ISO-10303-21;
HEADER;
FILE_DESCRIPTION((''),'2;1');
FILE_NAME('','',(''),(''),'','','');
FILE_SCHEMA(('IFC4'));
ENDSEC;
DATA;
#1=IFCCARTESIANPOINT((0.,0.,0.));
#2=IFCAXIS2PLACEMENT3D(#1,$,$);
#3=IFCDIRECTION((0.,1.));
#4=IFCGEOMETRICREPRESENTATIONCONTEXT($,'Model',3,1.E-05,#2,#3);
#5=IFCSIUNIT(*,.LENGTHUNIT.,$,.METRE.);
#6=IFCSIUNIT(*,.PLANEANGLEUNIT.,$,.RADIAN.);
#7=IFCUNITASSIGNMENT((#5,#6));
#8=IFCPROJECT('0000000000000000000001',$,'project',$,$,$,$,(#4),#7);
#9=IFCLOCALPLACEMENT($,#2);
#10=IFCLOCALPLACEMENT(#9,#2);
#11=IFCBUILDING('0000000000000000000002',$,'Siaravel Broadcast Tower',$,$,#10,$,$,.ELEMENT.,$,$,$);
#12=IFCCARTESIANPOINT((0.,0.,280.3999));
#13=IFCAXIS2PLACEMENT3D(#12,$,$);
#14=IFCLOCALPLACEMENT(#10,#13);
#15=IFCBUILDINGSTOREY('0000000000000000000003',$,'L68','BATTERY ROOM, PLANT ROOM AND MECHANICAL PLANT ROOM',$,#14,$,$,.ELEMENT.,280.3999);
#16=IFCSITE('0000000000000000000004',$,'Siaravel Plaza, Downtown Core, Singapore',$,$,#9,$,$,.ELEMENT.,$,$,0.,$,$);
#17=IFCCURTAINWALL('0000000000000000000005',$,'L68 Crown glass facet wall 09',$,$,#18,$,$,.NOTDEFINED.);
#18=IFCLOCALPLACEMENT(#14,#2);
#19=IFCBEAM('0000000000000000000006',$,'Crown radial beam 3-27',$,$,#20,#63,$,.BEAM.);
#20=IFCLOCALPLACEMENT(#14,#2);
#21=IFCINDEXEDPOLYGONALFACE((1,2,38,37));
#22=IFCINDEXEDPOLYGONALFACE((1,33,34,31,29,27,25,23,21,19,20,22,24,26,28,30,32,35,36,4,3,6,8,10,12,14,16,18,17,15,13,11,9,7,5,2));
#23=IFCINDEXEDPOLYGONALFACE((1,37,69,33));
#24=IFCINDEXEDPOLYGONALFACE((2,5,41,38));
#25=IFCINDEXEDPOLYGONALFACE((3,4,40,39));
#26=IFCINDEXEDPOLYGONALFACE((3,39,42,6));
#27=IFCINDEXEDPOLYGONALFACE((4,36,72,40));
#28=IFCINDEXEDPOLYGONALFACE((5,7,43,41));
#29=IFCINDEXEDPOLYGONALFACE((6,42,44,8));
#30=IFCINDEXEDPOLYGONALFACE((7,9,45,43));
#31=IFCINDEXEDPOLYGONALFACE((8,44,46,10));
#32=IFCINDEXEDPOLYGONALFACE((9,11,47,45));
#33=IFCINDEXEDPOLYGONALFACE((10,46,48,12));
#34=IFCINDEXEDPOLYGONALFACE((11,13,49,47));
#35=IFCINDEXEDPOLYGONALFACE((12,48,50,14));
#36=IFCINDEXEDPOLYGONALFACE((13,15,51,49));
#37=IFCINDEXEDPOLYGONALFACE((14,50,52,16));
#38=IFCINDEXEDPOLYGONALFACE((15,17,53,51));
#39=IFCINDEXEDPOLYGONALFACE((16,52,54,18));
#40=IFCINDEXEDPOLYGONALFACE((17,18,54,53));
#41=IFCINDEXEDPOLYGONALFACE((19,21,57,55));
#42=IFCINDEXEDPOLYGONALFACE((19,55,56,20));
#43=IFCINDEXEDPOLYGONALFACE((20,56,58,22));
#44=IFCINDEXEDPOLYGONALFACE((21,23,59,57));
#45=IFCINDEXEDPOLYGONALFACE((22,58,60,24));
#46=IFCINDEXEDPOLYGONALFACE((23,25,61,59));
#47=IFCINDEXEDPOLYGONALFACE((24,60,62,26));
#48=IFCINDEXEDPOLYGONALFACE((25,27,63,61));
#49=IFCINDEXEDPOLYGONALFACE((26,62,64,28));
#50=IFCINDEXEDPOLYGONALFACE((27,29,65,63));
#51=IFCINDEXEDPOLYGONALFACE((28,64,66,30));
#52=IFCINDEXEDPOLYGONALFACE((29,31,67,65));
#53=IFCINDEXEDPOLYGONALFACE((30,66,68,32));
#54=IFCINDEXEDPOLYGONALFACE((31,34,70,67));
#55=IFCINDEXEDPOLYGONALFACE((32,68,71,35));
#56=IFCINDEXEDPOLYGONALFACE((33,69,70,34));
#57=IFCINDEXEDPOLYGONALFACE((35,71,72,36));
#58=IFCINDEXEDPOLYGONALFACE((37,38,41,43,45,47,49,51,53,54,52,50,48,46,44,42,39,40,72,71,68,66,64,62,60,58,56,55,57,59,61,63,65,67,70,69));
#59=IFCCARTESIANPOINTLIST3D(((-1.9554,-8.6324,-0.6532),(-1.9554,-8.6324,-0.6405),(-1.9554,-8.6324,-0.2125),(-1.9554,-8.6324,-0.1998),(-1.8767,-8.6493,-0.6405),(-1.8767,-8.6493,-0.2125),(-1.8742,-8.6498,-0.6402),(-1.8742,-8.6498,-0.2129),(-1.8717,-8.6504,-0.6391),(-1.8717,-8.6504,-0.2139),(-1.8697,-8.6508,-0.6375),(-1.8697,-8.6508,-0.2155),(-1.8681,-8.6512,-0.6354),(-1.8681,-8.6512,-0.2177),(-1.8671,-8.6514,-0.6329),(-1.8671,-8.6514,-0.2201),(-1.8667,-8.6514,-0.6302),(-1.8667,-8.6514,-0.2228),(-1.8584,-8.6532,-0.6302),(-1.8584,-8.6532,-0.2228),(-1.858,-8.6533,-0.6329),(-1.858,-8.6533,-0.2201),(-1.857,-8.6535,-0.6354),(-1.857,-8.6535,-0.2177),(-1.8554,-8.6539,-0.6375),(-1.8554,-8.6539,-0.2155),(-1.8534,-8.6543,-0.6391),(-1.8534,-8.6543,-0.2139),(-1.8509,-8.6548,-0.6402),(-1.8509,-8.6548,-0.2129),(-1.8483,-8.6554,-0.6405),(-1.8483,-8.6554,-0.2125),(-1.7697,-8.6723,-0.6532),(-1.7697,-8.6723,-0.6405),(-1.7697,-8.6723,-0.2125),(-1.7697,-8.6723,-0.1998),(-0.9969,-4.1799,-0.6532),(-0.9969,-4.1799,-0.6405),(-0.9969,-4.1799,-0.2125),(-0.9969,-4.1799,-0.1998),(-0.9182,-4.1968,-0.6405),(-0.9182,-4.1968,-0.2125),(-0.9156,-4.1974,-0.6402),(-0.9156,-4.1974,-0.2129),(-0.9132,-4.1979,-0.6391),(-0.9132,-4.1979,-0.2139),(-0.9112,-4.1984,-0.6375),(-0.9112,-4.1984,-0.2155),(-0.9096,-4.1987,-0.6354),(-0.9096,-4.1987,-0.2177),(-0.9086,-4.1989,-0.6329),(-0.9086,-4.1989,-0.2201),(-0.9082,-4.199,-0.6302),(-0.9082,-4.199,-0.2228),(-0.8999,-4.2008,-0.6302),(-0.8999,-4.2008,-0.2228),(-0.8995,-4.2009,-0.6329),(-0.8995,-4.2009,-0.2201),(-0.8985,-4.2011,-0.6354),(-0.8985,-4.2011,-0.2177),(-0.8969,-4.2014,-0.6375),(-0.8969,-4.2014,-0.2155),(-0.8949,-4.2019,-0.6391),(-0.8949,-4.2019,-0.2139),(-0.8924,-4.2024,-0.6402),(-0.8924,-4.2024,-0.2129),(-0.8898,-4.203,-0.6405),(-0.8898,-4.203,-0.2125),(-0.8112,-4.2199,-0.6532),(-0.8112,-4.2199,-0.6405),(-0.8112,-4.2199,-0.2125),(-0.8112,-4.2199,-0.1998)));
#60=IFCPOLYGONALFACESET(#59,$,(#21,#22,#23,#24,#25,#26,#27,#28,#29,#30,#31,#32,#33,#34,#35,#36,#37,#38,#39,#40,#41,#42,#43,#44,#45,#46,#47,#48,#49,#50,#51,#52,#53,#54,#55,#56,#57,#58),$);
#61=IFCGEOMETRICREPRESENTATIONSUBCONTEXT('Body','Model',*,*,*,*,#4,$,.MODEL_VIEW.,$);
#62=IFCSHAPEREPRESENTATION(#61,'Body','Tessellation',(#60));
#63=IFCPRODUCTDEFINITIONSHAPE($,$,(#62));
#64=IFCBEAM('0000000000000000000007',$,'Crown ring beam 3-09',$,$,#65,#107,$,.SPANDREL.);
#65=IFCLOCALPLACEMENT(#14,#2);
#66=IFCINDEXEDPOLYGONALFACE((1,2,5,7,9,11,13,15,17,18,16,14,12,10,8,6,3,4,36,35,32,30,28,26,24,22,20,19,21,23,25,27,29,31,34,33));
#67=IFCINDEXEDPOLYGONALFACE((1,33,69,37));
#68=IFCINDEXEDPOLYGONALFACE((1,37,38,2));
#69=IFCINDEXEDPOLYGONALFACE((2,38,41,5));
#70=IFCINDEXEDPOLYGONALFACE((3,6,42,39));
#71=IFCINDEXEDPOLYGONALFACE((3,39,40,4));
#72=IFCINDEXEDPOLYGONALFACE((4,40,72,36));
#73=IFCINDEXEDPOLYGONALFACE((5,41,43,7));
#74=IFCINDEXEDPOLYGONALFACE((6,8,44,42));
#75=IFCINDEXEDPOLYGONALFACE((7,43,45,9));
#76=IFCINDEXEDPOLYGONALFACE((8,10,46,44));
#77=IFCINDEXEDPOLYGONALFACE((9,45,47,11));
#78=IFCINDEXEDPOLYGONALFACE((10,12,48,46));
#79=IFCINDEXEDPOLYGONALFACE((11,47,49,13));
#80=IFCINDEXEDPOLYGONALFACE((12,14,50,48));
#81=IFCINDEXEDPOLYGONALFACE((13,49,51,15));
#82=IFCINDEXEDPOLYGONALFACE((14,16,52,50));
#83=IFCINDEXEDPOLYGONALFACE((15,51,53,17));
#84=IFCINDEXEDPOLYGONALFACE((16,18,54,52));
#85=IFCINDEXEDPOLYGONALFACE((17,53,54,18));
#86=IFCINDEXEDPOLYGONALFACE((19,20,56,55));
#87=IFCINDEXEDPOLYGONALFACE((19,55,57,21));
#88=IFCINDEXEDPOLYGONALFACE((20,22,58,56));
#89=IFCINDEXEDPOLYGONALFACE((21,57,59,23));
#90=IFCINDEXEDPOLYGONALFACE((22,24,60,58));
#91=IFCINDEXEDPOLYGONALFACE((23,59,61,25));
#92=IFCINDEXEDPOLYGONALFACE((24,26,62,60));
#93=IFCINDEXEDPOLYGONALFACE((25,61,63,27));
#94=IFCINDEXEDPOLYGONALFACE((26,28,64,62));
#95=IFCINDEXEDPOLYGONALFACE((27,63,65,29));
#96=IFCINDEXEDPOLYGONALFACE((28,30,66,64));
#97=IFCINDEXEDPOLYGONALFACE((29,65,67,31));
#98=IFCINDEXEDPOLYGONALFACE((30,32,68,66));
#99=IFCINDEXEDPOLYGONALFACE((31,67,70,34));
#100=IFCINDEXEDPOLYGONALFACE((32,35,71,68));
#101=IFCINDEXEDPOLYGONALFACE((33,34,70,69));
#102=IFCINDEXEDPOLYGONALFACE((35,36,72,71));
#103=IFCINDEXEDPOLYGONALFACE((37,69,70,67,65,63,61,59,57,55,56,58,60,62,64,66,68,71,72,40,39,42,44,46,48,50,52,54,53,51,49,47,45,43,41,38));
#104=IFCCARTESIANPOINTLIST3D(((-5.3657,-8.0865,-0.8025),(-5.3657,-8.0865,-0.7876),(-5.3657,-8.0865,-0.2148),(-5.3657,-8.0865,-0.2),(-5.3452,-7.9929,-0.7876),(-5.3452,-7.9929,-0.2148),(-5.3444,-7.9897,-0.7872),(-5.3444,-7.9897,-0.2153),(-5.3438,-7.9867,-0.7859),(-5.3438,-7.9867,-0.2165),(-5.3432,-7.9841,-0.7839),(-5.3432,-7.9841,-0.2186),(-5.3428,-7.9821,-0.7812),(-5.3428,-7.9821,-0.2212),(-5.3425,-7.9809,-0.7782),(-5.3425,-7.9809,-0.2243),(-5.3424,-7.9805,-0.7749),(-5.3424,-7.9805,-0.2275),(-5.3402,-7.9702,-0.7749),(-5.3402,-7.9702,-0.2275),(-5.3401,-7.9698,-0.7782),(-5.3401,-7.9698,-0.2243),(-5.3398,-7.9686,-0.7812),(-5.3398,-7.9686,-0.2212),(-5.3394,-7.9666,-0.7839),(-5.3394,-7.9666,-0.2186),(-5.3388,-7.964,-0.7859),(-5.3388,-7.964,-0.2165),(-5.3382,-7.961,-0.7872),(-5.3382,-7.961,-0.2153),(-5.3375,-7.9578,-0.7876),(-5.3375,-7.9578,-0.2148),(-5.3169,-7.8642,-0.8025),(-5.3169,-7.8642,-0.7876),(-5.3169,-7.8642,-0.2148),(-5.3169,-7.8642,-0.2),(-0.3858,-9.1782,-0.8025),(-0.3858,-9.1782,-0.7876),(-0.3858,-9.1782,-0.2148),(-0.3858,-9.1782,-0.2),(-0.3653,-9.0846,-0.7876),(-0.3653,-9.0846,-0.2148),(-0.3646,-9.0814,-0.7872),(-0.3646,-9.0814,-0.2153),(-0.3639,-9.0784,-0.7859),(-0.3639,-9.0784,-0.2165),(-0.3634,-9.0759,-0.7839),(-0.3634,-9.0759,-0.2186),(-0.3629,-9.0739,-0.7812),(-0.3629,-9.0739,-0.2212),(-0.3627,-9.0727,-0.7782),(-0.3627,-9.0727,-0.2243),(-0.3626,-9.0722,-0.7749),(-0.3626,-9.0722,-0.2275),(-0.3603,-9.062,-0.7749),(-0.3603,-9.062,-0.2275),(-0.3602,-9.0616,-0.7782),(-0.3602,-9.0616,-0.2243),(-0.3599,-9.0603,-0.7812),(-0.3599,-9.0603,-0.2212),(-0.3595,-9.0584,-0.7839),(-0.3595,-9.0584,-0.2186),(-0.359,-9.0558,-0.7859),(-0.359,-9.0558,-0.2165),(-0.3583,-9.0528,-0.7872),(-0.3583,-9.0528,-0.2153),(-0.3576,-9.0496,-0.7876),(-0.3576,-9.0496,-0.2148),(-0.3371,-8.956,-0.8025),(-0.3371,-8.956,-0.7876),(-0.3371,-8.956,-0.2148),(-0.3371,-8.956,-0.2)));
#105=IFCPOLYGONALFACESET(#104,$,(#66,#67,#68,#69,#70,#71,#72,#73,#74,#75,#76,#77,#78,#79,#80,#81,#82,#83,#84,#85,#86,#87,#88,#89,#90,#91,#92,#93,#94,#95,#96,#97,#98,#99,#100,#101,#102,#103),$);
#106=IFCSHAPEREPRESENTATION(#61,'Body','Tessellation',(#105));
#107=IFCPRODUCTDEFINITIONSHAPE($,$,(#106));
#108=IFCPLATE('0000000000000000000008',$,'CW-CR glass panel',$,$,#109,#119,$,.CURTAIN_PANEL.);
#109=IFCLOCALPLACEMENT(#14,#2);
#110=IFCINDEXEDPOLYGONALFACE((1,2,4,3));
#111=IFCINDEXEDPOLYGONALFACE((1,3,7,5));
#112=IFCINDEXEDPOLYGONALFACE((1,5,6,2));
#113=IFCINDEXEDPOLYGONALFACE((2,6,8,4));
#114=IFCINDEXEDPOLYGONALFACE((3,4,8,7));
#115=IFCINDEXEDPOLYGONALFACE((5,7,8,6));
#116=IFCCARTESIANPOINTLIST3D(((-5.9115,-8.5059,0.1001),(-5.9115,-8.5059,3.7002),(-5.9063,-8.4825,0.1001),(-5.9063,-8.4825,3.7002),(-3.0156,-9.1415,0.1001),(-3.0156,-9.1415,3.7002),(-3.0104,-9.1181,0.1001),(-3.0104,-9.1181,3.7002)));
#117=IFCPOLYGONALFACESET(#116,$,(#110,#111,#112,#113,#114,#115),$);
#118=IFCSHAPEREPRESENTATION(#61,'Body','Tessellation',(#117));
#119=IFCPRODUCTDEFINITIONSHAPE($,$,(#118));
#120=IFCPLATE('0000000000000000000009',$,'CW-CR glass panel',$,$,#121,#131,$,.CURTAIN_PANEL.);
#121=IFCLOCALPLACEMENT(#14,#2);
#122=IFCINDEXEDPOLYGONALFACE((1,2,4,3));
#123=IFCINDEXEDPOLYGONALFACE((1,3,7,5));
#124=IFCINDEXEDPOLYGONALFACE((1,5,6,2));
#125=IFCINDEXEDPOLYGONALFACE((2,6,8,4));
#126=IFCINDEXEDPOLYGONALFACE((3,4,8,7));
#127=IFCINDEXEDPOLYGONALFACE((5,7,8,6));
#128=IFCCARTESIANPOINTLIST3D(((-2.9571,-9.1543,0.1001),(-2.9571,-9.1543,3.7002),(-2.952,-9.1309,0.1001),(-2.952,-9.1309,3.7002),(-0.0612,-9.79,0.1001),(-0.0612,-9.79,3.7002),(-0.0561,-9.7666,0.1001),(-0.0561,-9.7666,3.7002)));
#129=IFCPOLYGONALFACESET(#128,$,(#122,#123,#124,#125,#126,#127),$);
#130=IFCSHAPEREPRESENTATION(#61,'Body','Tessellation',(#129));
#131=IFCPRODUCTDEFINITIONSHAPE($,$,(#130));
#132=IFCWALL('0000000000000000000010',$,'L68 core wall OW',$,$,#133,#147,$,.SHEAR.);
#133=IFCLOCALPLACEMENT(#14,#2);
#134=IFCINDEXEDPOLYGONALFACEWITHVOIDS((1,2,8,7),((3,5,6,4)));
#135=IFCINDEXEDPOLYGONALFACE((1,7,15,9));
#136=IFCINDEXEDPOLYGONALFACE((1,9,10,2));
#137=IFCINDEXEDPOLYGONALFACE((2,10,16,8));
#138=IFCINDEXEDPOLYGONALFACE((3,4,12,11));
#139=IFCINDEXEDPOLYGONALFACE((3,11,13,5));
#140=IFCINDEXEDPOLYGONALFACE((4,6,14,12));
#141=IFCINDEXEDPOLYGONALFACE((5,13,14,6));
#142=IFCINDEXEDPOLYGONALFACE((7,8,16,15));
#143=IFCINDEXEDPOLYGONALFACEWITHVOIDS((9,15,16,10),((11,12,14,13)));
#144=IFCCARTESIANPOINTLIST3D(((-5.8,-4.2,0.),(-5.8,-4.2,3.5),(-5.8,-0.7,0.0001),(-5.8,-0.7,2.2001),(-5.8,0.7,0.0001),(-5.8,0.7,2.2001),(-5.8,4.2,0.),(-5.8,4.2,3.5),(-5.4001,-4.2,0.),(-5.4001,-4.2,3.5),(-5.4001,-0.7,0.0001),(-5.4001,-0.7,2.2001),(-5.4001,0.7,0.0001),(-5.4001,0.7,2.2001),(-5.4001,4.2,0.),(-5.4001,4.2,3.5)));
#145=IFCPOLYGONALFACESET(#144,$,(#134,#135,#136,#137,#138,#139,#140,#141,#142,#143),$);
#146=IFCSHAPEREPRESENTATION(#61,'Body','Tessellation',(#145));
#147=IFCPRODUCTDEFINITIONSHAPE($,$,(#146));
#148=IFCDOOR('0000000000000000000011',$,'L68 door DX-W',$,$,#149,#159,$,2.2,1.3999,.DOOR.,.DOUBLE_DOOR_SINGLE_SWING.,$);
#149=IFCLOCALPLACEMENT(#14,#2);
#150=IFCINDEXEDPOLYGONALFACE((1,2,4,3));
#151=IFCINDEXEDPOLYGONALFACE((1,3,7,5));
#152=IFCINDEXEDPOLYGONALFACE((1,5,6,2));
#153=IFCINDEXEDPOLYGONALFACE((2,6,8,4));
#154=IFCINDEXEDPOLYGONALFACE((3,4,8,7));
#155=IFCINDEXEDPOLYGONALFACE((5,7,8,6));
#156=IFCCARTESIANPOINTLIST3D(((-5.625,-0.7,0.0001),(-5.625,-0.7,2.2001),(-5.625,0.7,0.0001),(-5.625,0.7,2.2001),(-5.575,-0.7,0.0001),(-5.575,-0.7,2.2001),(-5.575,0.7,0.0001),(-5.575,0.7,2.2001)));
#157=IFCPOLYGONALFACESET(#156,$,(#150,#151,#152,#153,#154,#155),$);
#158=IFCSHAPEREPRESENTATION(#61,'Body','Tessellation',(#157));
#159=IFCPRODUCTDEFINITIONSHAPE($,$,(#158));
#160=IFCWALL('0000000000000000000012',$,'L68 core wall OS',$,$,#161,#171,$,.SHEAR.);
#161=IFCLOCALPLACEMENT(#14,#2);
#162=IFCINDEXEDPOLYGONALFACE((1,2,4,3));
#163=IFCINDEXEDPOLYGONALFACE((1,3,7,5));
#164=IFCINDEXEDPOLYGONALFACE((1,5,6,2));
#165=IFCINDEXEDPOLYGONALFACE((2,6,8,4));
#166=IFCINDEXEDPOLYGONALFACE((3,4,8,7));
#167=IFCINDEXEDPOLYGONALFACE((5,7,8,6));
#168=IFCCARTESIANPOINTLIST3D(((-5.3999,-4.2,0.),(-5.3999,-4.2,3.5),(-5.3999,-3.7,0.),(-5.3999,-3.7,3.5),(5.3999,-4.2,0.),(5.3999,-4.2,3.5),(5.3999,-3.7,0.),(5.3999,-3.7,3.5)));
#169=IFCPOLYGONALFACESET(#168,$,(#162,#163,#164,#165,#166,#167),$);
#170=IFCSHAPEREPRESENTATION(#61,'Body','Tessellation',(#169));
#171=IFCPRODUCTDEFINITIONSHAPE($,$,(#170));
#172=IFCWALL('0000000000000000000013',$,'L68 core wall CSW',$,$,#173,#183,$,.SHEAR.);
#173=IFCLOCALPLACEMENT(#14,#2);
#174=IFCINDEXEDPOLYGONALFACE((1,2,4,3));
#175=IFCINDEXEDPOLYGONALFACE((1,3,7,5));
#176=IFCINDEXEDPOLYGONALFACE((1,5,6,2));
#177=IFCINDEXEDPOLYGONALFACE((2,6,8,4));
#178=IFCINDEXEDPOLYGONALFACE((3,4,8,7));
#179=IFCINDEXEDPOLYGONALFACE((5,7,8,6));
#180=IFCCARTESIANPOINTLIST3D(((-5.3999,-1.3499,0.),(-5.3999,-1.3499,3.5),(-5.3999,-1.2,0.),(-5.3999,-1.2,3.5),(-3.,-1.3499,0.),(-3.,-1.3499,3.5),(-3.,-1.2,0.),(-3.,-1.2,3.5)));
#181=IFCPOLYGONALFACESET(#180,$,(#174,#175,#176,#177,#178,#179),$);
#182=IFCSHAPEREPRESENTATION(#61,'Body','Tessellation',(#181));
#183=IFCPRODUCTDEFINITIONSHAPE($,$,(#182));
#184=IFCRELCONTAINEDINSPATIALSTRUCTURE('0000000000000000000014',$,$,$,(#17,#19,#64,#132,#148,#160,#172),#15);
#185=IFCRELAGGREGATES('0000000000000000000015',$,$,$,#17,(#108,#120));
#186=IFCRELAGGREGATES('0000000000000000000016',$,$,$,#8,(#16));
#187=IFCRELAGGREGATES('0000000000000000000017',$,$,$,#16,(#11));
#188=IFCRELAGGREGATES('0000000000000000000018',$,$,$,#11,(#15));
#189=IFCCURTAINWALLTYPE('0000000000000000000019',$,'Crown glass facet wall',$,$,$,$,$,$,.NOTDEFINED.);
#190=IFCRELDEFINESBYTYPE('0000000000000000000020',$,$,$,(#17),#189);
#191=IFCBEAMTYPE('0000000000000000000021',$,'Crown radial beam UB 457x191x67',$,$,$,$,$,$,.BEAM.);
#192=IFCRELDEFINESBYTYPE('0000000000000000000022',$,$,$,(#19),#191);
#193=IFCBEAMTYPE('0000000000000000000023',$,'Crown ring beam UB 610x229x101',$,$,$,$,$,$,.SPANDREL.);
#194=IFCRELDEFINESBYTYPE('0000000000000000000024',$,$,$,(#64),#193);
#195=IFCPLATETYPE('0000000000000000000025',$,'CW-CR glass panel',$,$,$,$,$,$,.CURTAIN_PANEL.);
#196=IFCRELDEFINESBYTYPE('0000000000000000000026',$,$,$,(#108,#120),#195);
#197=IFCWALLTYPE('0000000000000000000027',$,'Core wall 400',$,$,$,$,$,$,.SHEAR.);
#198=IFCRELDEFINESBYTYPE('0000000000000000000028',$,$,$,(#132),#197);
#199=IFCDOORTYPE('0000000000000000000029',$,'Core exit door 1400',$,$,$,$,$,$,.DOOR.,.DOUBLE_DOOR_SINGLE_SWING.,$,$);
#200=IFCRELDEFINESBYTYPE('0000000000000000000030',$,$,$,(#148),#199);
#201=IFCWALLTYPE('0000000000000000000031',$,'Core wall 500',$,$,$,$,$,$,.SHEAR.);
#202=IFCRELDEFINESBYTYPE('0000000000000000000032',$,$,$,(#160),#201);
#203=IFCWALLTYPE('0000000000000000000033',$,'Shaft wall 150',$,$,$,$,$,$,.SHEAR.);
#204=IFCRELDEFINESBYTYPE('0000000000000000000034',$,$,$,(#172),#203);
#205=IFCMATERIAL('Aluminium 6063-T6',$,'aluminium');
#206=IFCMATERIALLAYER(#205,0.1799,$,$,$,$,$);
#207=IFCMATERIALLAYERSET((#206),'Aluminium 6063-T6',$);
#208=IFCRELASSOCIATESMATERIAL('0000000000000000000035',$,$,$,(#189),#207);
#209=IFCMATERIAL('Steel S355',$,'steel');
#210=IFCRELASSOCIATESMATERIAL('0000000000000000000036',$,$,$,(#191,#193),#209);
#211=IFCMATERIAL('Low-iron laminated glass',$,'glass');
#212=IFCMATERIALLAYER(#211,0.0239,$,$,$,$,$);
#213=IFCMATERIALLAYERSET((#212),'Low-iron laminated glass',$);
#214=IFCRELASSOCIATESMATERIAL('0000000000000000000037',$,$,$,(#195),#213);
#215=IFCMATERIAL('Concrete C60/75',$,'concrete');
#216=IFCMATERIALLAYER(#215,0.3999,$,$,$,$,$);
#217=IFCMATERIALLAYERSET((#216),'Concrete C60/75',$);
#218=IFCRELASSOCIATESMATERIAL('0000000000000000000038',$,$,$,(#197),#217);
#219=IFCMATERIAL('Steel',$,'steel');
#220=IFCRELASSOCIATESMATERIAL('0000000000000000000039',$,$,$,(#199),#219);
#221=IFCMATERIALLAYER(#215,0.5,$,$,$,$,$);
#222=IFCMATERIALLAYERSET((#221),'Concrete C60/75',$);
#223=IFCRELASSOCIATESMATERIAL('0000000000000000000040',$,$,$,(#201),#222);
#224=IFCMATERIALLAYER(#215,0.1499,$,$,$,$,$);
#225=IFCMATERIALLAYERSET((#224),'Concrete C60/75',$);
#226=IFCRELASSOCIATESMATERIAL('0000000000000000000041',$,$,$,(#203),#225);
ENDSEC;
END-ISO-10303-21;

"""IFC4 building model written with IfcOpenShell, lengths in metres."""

from ifc_helpers import new_model, si_unit, direction, frame, frame_2d, origin, origin_2d, place, context, subcontext, project, spatial, rectangle, i_section, extrude, material, layer, layer_set, material_profile, profile_set, type_object, element, fill, aggregate, save


model = new_model("IFC4")

# Units and contexts
model_context = context("Model", 3, precision=1e-05, world=origin(), true_north=direction((0.0, 1.0)))
body_context = subcontext(model_context, "Body", "Model", "MODEL_VIEW")
ifc_project = project(units=[si_unit("LENGTHUNIT", "METRE"), si_unit("PLANEANGLEUNIT", "RADIAN")], contexts=[model_context])

# Site, building, storey
site_placement = place(None, origin())
site = spatial("IfcSite", under=ifc_project, at=site_placement, Name="Siaravel Plaza, Downtown Core, Singapore", CompositionType="ELEMENT", RefElevation=0.0)
building_placement = place(site_placement, origin())
building = spatial("IfcBuilding", under=site, at=building_placement, Name="Siaravel Broadcast Tower", CompositionType="ELEMENT")
storey_placement = place(building_placement, frame((0.0, 0.0, 280.3999)))
storey = spatial("IfcBuildingStorey", under=building, at=storey_placement, Name="L68", Description="BATTERY ROOM, PLANT ROOM AND MECHANICAL PLANT ROOM", CompositionType="ELEMENT", Elevation=280.3999)

# Curtain wall
ifc_material_1 = material(Name="Aluminium 6063-T6", Category="aluminium")
ifc_layer_1 = layer(ifc_material_1, 0.1799)
ifc_layer_set_1 = layer_set([ifc_layer_1], Name="Aluminium 6063-T6")
curtain_wall_type = type_object("IfcCurtainWallType", Name="Crown glass facet wall", PredefinedType="NOTDEFINED", material=ifc_layer_set_1)
curtain_wall_placement = place(storey_placement, origin())
curtain_wall = element("IfcCurtainWall", 1, at=curtain_wall_placement, inside=storey, type_object=curtain_wall_type, Name="L68 Crown glass facet wall 09", PredefinedType="NOTDEFINED")

# Beams
ifc_material_2 = material(Name="Steel S355", Category="steel")
ifc_material_profile_1 = material_profile(ifc_material_2, i_section(OverallWidth=0.1899, OverallDepth=0.4534, WebThickness=0.0085, FlangeThickness=0.0127, FilletRadius=0.0103, at=origin_2d()))
ifc_profile_set_1 = profile_set([ifc_material_profile_1], Name="Steel S355")
beam_type_1 = type_object("IfcBeamType", Name="Crown radial beam UB 457x191x67", PredefinedType="BEAM", material=ifc_profile_set_1)
beam_1_placement = place(storey_placement, frame((-1.8625, -8.6523, -0.4265), z_axis=(0.210455, 0.977604, 0.0), x_axis=(-0.977604, 0.210455, 0.0)))
element("IfcBeam", 2, at=beam_1_placement, inside=storey, type_object=beam_type_1, Name="Crown radial beam 3-27", PredefinedType="BEAM", context=body_context, shape_type="SweptSolid", body=[
    extrude(i_section(OverallWidth=0.1899, OverallDepth=0.4534, WebThickness=0.0085, FlangeThickness=0.0127, FilletRadius=0.0103, at=origin_2d()), origin(), (0.0, 0.0, 1.0), 4.5544),
])
ifc_material_profile_2 = material_profile(ifc_material_2, i_section(OverallWidth=0.2275, OverallDepth=0.6025, WebThickness=0.0105, FlangeThickness=0.0149, FilletRadius=0.0127, at=origin_2d()))
ifc_profile_set_2 = profile_set([ifc_material_profile_2], Name="Steel S355")
beam_type_2 = type_object("IfcBeamType", Name="Crown ring beam UB 610x229x101", PredefinedType="SPANDREL", material=ifc_profile_set_2)
beam_2_placement = place(storey_placement, frame((-5.3413, -7.9753, -0.5012), z_axis=(0.976801, -0.214151, 0.0), x_axis=(0.214151, 0.976801, 0.0)))
element("IfcBeam", 3, at=beam_2_placement, inside=storey, type_object=beam_type_2, Name="Crown ring beam 3-09", PredefinedType="SPANDREL", context=body_context, shape_type="SweptSolid", body=[
    extrude(i_section(OverallWidth=0.2275, OverallDepth=0.6025, WebThickness=0.0105, FlangeThickness=0.0149, FilletRadius=0.0127, at=origin_2d()), origin(), (0.0, 0.0, 1.0), 5.0981),
])

# Plates
ifc_material_3 = material(Name="Low-iron laminated glass", Category="glass")
ifc_layer_2 = layer(ifc_material_3, 0.0239)
ifc_layer_set_2 = layer_set([ifc_layer_2], Name="Low-iron laminated glass")
plate_type = type_object("IfcPlateType", Name="CW-CR glass panel", PredefinedType="CURTAIN_PANEL", material=ifc_layer_set_2)
plate_1_placement = place(storey_placement, frame((-4.4609, -8.812, 0.1001), z_axis=(0.0, 0.0, 1.0), x_axis=(0.976747, -0.214394, 0.0)))
plate_1 = element("IfcPlate", 4, at=plate_1_placement, type_object=plate_type, Name="CW-CR glass panel", PredefinedType="CURTAIN_PANEL", context=body_context, shape_type="SweptSolid", body=[
    extrude(rectangle(XDim=2.9648, YDim=0.0239, at=origin_2d()), origin(), (0.0, 0.0, 1.0), 3.6001),
])
plate_2_placement = place(storey_placement, frame((-1.5066, -9.4604, 0.1001), z_axis=(0.0, 0.0, 1.0), x_axis=(0.976747, -0.214394, 0.0)))
plate_2 = element("IfcPlate", 5, at=plate_2_placement, type_object=plate_type, Name="CW-CR glass panel", PredefinedType="CURTAIN_PANEL", context=body_context, shape_type="SweptSolid", body=[
    extrude(rectangle(XDim=2.9648, YDim=0.0239, at=origin_2d()), origin(), (0.0, 0.0, 1.0), 3.6001),
])
aggregate(curtain_wall, [plate_1, plate_2])

# Wall, opening, door
ifc_material_4 = material(Name="Concrete C60/75", Category="concrete")
ifc_layer_3 = layer(ifc_material_4, 0.3999)
ifc_layer_set_3 = layer_set([ifc_layer_3], Name="Concrete C60/75")
wall_type_1 = type_object("IfcWallType", Name="Core wall 400", PredefinedType="SHEAR", material=ifc_layer_set_3)
wall_1_placement = place(storey_placement, frame((-5.6001, -4.2, 0.0), z_axis=(0.0, 0.0, 1.0), x_axis=(0.0, 1.0, 0.0)))
wall_1 = element("IfcWall", 6, at=wall_1_placement, inside=storey, type_object=wall_type_1, Name="L68 core wall OW", PredefinedType="SHEAR", context=body_context, shape_type="SweptSolid", body=[
    extrude(rectangle(XDim=8.3999, YDim=0.3999, at=frame_2d((4.2, 0.0))), origin(), (0.0, 0.0, 1.0), 3.5),
])
opening_1_placement = place(wall_1_placement, frame((3.5, 0.0, 0.0)))
opening_1 = element("IfcOpeningElement", 7, at=opening_1_placement, cuts=wall_1, PredefinedType="OPENING", context=body_context, shape_type="SweptSolid", body=[
    extrude(rectangle(XDim=1.3999, YDim=2.2, at=frame_2d((0.7, 1.1001))), frame((0.0, 0.21, 0.0), z_axis=(0.0, -1.0, 0.0), x_axis=(1.0, 0.0, 0.0)), (0.0, 0.0, 1.0), 0.4199),
])
ifc_material_5 = material(Name="Steel", Category="steel")
door_type_1 = type_object("IfcDoorType", Name="Core exit door 1400", OperationType="DOUBLE_DOOR_SINGLE_SWING", PredefinedType="DOOR", material=ifc_material_5)
door_1_placement = place(opening_1_placement, origin())
door_1 = element("IfcDoor", 8, at=door_1_placement, inside=storey, type_object=door_type_1, Name="L68 door DX-W", OperationType="DOUBLE_DOOR_SINGLE_SWING", OverallHeight=2.2, OverallWidth=1.3999, PredefinedType="DOOR", context=body_context, shape_type="SweptSolid", body=[
    extrude(rectangle(XDim=1.3999, YDim=2.2, at=frame_2d((0.7, 1.1001))), frame((0.0, 0.0249, 0.0), z_axis=(0.0, -1.0, 0.0), x_axis=(1.0, 0.0, 0.0)), (0.0, 0.0, 1.0), 0.05),
])
fill(opening_1, door_1)

# Walls
ifc_layer_4 = layer(ifc_material_4, 0.5)
ifc_layer_set_4 = layer_set([ifc_layer_4], Name="Concrete C60/75")
wall_type_2 = type_object("IfcWallType", Name="Core wall 500", PredefinedType="SHEAR", material=ifc_layer_set_4)
wall_2_placement = place(storey_placement, frame((-5.3999, -3.95, 0.0), z_axis=(0.0, 0.0, 1.0), x_axis=(1.0, 0.0, 0.0)))
element("IfcWall", 9, at=wall_2_placement, inside=storey, type_object=wall_type_2, Name="L68 core wall OS", PredefinedType="SHEAR", context=body_context, shape_type="SweptSolid", body=[
    extrude(rectangle(XDim=10.7998, YDim=0.5, at=frame_2d((5.3999, 0.0))), origin(), (0.0, 0.0, 1.0), 3.5),
])
ifc_layer_5 = layer(ifc_material_4, 0.1499)
ifc_layer_set_5 = layer_set([ifc_layer_5], Name="Concrete C60/75")
wall_type_3 = type_object("IfcWallType", Name="Shaft wall 150", PredefinedType="SHEAR", material=ifc_layer_set_5)
wall_3_placement = place(storey_placement, frame((-5.3999, -1.2749, 0.0), z_axis=(0.0, 0.0, 1.0), x_axis=(1.0, 0.0, 0.0)))
element("IfcWall", 10, at=wall_3_placement, inside=storey, type_object=wall_type_3, Name="L68 core wall CSW", PredefinedType="SHEAR", context=body_context, shape_type="SweptSolid", body=[
    extrude(rectangle(XDim=2.3999, YDim=0.1499, at=frame_2d((1.2, 0.0))), origin(), (0.0, 0.0, 1.0), 3.5),
])

save(model, "model.ifc")
